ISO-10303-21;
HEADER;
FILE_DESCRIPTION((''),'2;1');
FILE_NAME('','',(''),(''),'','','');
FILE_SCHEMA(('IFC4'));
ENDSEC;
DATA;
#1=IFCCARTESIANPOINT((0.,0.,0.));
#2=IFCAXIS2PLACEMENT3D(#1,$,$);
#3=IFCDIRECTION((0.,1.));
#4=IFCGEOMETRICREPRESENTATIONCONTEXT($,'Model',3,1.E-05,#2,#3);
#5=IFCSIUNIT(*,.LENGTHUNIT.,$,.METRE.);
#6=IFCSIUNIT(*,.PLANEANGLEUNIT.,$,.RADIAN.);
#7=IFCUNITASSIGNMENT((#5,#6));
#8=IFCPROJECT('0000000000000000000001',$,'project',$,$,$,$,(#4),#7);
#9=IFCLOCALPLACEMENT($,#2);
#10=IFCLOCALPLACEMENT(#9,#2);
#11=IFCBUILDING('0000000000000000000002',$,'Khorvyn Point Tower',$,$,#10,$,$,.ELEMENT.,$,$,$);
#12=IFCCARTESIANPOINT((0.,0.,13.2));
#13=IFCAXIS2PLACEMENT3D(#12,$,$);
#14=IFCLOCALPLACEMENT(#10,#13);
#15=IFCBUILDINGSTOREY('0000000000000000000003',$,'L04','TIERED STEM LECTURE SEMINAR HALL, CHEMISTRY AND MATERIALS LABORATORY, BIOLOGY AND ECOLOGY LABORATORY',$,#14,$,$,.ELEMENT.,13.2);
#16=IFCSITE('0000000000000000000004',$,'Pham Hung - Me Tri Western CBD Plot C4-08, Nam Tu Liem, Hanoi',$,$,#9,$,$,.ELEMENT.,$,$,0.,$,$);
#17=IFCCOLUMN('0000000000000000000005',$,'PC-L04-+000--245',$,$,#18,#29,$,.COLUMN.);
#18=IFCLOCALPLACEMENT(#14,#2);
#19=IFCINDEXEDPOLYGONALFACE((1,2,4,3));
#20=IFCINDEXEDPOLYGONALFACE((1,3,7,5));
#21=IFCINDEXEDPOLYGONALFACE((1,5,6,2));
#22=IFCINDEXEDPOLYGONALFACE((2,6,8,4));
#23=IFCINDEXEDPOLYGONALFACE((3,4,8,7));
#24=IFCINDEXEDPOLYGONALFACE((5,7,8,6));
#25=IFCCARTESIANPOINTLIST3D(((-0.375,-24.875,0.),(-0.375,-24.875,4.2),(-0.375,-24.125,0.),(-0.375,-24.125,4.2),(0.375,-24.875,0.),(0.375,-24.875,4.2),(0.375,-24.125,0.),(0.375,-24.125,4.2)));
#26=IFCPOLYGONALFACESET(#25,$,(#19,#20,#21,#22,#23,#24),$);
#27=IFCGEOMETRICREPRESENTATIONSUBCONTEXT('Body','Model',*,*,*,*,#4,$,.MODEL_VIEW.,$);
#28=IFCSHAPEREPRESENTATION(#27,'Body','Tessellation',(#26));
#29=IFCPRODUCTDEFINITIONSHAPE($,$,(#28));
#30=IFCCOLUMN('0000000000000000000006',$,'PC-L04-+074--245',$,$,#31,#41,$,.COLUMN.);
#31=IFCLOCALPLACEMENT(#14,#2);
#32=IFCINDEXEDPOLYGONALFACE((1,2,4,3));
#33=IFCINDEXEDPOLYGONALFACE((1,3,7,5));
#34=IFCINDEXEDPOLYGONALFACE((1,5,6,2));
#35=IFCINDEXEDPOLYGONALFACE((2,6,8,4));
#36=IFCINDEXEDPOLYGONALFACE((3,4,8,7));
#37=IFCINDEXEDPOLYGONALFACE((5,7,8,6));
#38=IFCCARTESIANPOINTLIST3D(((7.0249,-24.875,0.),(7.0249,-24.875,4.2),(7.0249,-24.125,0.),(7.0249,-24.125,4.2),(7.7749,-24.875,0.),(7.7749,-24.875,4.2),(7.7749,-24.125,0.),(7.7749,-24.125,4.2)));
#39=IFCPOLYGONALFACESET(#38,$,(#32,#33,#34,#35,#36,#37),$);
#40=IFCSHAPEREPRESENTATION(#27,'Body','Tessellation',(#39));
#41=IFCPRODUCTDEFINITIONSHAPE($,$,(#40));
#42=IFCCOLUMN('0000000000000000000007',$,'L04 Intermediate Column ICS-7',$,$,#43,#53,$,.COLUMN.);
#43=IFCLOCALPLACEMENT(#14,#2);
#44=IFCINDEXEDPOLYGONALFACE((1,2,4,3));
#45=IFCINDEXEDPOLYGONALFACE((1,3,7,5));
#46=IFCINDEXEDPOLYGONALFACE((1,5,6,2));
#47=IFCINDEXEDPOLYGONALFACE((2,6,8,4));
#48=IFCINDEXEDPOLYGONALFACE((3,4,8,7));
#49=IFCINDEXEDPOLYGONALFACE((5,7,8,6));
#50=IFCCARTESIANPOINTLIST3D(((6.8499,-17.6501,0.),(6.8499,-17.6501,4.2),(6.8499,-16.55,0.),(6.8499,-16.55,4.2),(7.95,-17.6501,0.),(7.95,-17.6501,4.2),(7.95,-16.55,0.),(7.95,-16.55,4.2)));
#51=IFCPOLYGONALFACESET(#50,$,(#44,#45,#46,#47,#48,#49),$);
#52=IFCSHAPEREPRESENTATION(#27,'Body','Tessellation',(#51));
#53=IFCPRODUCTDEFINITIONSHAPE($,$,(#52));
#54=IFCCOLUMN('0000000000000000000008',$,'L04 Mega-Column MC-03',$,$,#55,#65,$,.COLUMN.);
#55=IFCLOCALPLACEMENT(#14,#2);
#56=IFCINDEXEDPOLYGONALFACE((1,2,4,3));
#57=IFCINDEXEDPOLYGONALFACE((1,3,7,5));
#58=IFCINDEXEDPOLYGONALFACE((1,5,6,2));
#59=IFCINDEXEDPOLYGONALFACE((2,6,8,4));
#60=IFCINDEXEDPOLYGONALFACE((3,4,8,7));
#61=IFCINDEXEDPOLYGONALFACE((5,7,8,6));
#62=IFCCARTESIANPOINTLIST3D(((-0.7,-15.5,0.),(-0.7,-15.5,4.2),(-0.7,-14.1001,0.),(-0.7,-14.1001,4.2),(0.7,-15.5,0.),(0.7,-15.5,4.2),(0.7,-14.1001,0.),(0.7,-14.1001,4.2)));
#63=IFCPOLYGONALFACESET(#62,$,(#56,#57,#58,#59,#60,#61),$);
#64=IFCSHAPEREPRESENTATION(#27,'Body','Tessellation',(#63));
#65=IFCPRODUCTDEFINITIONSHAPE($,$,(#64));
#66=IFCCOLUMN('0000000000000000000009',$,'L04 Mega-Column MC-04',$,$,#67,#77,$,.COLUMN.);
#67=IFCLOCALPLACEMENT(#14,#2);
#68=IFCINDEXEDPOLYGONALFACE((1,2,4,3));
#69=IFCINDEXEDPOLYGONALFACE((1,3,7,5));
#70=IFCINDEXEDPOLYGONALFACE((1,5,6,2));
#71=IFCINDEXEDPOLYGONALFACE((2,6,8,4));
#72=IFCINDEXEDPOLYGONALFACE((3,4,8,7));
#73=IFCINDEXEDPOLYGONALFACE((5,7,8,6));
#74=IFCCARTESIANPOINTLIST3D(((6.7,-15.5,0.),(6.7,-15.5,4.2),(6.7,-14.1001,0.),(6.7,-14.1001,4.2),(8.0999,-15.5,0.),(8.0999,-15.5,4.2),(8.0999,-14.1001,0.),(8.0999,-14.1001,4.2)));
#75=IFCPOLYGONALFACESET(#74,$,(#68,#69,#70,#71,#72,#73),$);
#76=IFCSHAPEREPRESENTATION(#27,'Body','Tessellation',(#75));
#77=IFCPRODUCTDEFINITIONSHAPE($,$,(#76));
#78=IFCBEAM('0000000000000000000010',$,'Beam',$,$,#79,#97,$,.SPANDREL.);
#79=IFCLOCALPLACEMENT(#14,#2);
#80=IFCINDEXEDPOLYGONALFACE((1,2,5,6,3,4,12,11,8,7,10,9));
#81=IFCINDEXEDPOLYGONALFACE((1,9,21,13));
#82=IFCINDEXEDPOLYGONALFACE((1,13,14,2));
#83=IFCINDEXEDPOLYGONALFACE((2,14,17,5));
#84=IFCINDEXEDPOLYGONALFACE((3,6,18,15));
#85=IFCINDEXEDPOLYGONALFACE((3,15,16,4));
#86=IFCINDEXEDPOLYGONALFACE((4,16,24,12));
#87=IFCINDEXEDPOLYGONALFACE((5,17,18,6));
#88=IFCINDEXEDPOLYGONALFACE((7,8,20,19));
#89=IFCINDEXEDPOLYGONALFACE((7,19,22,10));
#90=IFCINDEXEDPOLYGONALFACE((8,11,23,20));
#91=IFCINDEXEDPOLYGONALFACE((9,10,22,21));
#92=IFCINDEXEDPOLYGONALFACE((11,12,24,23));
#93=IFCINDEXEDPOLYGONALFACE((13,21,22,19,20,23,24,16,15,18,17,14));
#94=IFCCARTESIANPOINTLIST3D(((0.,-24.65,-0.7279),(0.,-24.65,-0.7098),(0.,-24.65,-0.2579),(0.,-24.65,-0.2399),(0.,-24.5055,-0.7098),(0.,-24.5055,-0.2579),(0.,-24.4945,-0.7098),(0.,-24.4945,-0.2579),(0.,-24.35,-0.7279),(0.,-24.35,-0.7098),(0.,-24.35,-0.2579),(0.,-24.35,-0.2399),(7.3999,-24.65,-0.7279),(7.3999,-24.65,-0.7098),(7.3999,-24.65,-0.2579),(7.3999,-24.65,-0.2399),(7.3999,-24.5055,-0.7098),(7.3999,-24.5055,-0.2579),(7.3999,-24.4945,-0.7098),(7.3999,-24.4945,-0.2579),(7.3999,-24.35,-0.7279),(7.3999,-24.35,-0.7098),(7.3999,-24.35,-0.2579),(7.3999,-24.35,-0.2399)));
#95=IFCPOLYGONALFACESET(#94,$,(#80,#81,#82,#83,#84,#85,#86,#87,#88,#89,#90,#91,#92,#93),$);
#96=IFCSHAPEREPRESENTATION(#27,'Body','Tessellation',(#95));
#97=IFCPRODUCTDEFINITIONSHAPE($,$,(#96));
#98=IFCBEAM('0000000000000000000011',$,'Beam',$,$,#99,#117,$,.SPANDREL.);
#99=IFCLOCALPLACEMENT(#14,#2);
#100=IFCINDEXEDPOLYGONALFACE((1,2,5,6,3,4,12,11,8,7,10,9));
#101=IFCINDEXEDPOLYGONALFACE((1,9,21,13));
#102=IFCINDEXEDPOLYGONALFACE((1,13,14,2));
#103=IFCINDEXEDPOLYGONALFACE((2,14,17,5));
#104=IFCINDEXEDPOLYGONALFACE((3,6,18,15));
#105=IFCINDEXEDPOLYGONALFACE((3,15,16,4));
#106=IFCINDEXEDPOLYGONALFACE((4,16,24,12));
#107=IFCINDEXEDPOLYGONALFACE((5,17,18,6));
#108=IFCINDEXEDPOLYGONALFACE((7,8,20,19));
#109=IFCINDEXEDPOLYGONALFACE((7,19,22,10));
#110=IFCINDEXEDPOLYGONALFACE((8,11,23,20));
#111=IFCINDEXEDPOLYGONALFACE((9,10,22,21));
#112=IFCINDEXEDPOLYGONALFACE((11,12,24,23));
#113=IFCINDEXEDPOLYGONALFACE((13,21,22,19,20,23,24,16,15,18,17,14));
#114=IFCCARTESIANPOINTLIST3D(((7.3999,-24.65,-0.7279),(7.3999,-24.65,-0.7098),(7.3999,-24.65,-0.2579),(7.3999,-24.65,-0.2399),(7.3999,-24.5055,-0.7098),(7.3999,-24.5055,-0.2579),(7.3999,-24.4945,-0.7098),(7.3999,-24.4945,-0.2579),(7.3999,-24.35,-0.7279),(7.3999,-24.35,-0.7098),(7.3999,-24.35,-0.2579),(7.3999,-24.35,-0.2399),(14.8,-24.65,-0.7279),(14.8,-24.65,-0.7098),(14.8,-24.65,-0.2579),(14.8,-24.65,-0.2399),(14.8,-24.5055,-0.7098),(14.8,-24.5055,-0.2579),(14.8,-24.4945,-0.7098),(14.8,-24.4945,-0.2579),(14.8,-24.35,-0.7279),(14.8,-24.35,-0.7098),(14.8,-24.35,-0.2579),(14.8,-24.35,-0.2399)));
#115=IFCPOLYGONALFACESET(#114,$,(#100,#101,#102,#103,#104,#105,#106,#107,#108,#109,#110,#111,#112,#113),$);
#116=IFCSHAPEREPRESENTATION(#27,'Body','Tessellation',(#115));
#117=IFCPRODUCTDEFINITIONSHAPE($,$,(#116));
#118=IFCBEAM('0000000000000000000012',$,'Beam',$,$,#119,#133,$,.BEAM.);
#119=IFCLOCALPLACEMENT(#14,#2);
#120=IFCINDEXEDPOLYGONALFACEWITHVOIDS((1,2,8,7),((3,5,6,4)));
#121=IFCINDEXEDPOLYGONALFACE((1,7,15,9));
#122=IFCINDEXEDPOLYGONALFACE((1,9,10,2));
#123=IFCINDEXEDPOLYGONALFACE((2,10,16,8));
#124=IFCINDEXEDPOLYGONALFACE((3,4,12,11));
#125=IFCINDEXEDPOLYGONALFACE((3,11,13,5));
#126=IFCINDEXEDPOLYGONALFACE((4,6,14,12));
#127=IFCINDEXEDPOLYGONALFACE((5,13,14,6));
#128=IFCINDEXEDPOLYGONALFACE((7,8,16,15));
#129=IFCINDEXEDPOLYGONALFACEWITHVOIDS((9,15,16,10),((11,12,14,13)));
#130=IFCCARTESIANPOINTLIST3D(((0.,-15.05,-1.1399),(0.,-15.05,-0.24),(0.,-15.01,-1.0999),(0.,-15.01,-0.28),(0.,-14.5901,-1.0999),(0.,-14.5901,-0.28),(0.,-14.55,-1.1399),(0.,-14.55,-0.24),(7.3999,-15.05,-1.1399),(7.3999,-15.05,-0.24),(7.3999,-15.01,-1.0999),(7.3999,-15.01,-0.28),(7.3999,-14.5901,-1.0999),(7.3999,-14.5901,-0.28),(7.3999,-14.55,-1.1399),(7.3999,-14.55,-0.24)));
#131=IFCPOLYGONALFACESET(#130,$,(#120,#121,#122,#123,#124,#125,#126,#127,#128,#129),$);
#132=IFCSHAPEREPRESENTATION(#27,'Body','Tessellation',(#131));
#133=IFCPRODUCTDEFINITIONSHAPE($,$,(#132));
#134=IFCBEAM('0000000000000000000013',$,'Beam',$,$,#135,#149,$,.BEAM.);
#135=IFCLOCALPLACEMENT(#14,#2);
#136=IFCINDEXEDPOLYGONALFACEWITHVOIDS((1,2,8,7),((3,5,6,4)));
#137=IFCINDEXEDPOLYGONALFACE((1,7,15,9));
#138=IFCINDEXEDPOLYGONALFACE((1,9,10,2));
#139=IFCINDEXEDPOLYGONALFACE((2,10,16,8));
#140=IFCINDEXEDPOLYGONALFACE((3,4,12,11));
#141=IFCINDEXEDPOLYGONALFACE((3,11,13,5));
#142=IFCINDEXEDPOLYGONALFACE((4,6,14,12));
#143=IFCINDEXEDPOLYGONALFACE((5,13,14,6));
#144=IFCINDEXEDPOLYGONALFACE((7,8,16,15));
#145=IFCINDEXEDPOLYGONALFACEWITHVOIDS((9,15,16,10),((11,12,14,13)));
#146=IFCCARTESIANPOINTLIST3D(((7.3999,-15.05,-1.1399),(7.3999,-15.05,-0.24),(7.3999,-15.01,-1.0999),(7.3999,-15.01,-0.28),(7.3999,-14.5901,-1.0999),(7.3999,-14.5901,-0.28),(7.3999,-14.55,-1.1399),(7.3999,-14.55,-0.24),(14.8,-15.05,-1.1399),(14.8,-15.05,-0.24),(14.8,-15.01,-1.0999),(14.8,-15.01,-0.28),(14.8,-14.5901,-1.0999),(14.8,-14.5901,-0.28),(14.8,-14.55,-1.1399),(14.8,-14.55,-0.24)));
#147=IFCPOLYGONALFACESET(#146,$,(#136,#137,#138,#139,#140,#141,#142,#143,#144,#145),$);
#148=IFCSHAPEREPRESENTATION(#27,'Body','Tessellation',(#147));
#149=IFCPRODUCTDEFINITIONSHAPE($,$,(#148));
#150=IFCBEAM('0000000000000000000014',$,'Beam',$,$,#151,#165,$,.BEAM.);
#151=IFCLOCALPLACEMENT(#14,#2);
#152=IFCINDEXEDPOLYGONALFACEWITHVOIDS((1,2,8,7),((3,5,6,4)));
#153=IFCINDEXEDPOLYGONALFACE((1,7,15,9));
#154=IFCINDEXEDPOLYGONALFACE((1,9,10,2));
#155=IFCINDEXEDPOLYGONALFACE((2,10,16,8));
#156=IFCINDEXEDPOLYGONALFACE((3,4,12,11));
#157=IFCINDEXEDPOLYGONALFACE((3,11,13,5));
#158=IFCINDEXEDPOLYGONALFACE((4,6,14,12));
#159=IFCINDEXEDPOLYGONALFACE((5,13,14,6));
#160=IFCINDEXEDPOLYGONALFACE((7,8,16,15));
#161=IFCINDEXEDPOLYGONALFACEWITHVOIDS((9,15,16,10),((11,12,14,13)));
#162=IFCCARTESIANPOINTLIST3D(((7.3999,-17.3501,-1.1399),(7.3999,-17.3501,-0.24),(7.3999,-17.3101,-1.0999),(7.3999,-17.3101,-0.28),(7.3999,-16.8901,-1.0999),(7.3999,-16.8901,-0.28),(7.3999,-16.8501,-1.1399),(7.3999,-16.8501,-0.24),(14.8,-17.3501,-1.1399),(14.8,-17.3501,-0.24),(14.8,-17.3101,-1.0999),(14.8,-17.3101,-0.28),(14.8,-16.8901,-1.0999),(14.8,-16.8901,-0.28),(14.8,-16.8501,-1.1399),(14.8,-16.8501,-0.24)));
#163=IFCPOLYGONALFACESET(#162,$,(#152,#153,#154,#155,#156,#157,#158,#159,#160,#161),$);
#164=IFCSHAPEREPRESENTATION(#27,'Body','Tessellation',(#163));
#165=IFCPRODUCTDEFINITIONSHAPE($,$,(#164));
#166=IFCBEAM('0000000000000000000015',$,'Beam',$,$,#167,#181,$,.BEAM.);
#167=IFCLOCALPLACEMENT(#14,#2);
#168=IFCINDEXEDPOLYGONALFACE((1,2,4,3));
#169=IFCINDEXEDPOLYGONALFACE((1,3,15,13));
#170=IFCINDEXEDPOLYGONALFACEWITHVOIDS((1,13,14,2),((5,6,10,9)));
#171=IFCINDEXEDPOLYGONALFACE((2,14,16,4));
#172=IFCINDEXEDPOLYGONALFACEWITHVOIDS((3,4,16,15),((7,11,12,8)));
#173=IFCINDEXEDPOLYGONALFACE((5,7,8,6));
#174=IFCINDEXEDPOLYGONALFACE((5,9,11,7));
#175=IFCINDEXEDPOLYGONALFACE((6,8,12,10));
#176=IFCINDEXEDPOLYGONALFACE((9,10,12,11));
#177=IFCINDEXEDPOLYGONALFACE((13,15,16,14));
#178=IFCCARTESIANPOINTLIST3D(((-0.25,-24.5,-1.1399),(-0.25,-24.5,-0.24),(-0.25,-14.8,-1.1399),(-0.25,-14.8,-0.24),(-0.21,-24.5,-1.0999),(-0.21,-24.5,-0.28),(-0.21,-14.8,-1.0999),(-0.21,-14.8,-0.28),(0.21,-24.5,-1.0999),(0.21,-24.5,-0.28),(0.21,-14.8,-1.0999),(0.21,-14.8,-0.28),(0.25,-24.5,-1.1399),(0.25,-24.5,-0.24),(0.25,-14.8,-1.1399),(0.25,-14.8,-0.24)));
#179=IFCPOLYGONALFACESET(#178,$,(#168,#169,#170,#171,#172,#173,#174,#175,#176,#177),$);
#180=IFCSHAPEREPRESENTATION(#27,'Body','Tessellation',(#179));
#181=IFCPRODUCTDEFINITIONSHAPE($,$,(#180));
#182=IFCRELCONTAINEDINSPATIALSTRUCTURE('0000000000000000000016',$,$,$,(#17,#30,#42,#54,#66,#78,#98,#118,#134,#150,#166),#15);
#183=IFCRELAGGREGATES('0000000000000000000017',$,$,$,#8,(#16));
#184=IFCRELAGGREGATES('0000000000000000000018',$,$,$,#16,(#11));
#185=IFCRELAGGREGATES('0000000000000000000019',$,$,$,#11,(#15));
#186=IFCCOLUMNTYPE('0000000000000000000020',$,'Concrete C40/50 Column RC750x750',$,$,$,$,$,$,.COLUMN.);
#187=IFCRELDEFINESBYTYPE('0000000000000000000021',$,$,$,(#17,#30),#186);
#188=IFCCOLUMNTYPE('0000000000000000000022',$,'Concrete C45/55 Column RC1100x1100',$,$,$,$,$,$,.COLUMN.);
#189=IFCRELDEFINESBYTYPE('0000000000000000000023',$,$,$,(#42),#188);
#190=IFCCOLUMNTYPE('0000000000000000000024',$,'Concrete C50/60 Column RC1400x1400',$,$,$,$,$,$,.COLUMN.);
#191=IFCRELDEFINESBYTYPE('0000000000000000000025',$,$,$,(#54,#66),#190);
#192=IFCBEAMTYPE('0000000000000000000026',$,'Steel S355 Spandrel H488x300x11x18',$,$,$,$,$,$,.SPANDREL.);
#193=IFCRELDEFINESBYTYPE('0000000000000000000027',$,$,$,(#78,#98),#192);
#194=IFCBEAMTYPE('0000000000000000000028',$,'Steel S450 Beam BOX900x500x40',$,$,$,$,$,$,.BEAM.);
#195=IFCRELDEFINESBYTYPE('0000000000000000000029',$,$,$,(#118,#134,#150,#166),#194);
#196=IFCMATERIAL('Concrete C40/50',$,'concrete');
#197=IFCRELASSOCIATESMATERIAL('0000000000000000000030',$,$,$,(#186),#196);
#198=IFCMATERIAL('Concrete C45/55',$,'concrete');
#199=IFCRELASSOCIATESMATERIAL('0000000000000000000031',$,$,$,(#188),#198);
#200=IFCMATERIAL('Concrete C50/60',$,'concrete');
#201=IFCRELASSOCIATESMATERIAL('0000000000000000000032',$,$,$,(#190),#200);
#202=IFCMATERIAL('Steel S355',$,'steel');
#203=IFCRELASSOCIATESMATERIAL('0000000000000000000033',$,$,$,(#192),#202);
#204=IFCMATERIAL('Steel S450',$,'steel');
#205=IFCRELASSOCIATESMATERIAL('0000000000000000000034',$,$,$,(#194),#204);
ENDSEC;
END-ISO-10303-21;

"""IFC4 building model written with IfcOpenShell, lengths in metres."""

from ifc_helpers import new_model, si_unit, direction, frame, origin, origin_2d, place, context, subcontext, project, spatial, rectangle, hollow_rectangle, i_section, extrude, material, material_profile, profile_set, type_object, element, save


model = new_model("IFC4")

# Units and contexts
model_context = context("Model", 3, precision=1e-05, world=origin(), true_north=direction((0.0, 1.0)))
body_context = subcontext(model_context, "Body", "Model", "MODEL_VIEW")
ifc_project = project(units=[si_unit("LENGTHUNIT", "METRE"), si_unit("PLANEANGLEUNIT", "RADIAN")], contexts=[model_context])

# Site, building, storey
site_placement = place(None, origin())
site = spatial("IfcSite", under=ifc_project, at=site_placement, Name="Pham Hung - Me Tri Western CBD Plot C4-08, Nam Tu Liem, Hanoi", CompositionType="ELEMENT", RefElevation=0.0)
building_placement = place(site_placement, origin())
building = spatial("IfcBuilding", under=site, at=building_placement, Name="Khorvyn Point Tower", CompositionType="ELEMENT")
storey_placement = place(building_placement, frame((0.0, 0.0, 13.2)))
storey = spatial("IfcBuildingStorey", under=building, at=storey_placement, Name="L04", Description="TIERED STEM LECTURE SEMINAR HALL, CHEMISTRY AND MATERIALS LABORATORY, BIOLOGY AND ECOLOGY LABORATORY", CompositionType="ELEMENT", Elevation=13.2)

# Columns
ifc_material_1 = material(Name="Concrete C40/50", Category="concrete")
ifc_material_profile_1 = material_profile(ifc_material_1, rectangle(XDim=0.75, YDim=0.75, at=origin_2d()))
ifc_profile_set_1 = profile_set([ifc_material_profile_1], Name="Concrete C40/50 RC750x750")
column_type_1 = type_object("IfcColumnType", Name="Concrete C40/50 Column RC750x750", PredefinedType="COLUMN", material=ifc_profile_set_1)
for number, where, z_axis, x_axis, name in (
    (1, (0.0, -24.5, 0.0), (0.0, 0.0, 1.0), (1.0, 0.0, 0.0), "PC-L04-+000--245"),
    (2, (7.3999, -24.5, 0.0), (0.0, 0.0, 1.0), (1.0, 0.0, 0.0), "PC-L04-+074--245"),
):
    element("IfcColumn", number, at=place(storey_placement, frame(where, z_axis=z_axis, x_axis=x_axis)), inside=storey, type_object=column_type_1, Name=name, PredefinedType="COLUMN", context=body_context, shape_type="SweptSolid", body=[
        extrude(rectangle(XDim=0.75, YDim=0.75, at=origin_2d()), origin(), (0.0, 0.0, 1.0), 4.2),
    ])
ifc_material_2 = material(Name="Concrete C45/55", Category="concrete")
ifc_material_profile_2 = material_profile(ifc_material_2, rectangle(XDim=1.1001, YDim=1.1001, at=origin_2d()))
ifc_profile_set_2 = profile_set([ifc_material_profile_2], Name="Concrete C45/55 RC1100x1100")
column_type_2 = type_object("IfcColumnType", Name="Concrete C45/55 Column RC1100x1100", PredefinedType="COLUMN", material=ifc_profile_set_2)
column_placement = place(storey_placement, frame((7.3999, -17.1001, 0.0), z_axis=(0.0, 0.0, 1.0), x_axis=(1.0, 0.0, 0.0)))
element("IfcColumn", 3, at=column_placement, inside=storey, type_object=column_type_2, Name="L04 Intermediate Column ICS-7", PredefinedType="COLUMN", context=body_context, shape_type="SweptSolid", body=[
    extrude(rectangle(XDim=1.1001, YDim=1.1001, at=origin_2d()), origin(), (0.0, 0.0, 1.0), 4.2),
])
ifc_material_3 = material(Name="Concrete C50/60", Category="concrete")
ifc_material_profile_3 = material_profile(ifc_material_3, rectangle(XDim=1.3999, YDim=1.3999, at=origin_2d()))
ifc_profile_set_3 = profile_set([ifc_material_profile_3], Name="Concrete C50/60 RC1400x1400")
column_type_3 = type_object("IfcColumnType", Name="Concrete C50/60 Column RC1400x1400", PredefinedType="COLUMN", material=ifc_profile_set_3)
for number, where, z_axis, x_axis, name in (
    (4, (0.0, -14.8, 0.0), (0.0, 0.0, 1.0), (1.0, 0.0, 0.0), "L04 Mega-Column MC-03"),
    (5, (7.3999, -14.8, 0.0), (0.0, 0.0, 1.0), (1.0, 0.0, 0.0), "L04 Mega-Column MC-04"),
):
    element("IfcColumn", number, at=place(storey_placement, frame(where, z_axis=z_axis, x_axis=x_axis)), inside=storey, type_object=column_type_3, Name=name, PredefinedType="COLUMN", context=body_context, shape_type="SweptSolid", body=[
        extrude(rectangle(XDim=1.3999, YDim=1.3999, at=origin_2d()), origin(), (0.0, 0.0, 1.0), 4.2),
    ])

# Beams
ifc_material_4 = material(Name="Steel S355", Category="steel")
ifc_material_profile_4 = material_profile(ifc_material_4, i_section(OverallWidth=0.3, OverallDepth=0.488, WebThickness=0.011, FlangeThickness=0.0181, at=origin_2d()))
ifc_profile_set_4 = profile_set([ifc_material_profile_4], Name="Steel S355 H488x300x11x18")
beam_type_1 = type_object("IfcBeamType", Name="Steel S355 Spandrel H488x300x11x18", PredefinedType="SPANDREL", material=ifc_profile_set_4)
beam_1_placement = place(storey_placement, frame((0.0, -24.5, -0.4839), z_axis=(1.0, 0.0, 0.0), x_axis=(0.0, 1.0, 0.0)))
element("IfcBeam", 6, at=beam_1_placement, inside=storey, type_object=beam_type_1, Name="Beam", PredefinedType="SPANDREL", context=body_context, shape_type="SweptSolid", body=[
    extrude(i_section(OverallWidth=0.3, OverallDepth=0.488, WebThickness=0.011, FlangeThickness=0.0181, at=origin_2d()), origin(), (0.0, 0.0, 1.0), 7.3999),
])
beam_2_placement = place(storey_placement, frame((7.3999, -24.5, -0.4839), z_axis=(1.0, 0.0, 0.0), x_axis=(0.0, 1.0, 0.0)))
element("IfcBeam", 7, at=beam_2_placement, inside=storey, type_object=beam_type_1, Name="Beam", PredefinedType="SPANDREL", context=body_context, shape_type="SweptSolid", body=[
    extrude(i_section(OverallWidth=0.3, OverallDepth=0.488, WebThickness=0.011, FlangeThickness=0.0181, at=origin_2d()), origin(), (0.0, 0.0, 1.0), 7.4001),
])
ifc_material_5 = material(Name="Steel S450", Category="steel")
ifc_material_profile_5 = material_profile(ifc_material_5, hollow_rectangle(XDim=0.5, YDim=0.8999, WallThickness=0.04, at=origin_2d()))
ifc_profile_set_5 = profile_set([ifc_material_profile_5], Name="Steel S450 BOX900x500x40")
beam_type_2 = type_object("IfcBeamType", Name="Steel S450 Beam BOX900x500x40", PredefinedType="BEAM", material=ifc_profile_set_5)
beam_3_placement = place(storey_placement, frame((0.0, -14.8, -0.6899), z_axis=(1.0, 0.0, 0.0), x_axis=(0.0, 1.0, 0.0)))
element("IfcBeam", 8, at=beam_3_placement, inside=storey, type_object=beam_type_2, Name="Beam", PredefinedType="BEAM", context=body_context, shape_type="SweptSolid", body=[
    extrude(hollow_rectangle(XDim=0.5, YDim=0.8999, WallThickness=0.04, at=origin_2d()), origin(), (0.0, 0.0, 1.0), 7.3999),
])
for number, where, z_axis, x_axis, name in (
    (9, (7.3999, -14.8, -0.6899), (1.0, 0.0, 0.0), (0.0, 1.0, 0.0), "Beam"),
    (10, (7.3999, -17.1001, -0.6899), (1.0, 0.0, 0.0), (0.0, 1.0, 0.0), "Beam"),
):
    element("IfcBeam", number, at=place(storey_placement, frame(where, z_axis=z_axis, x_axis=x_axis)), inside=storey, type_object=beam_type_2, Name=name, PredefinedType="BEAM", context=body_context, shape_type="SweptSolid", body=[
        extrude(hollow_rectangle(XDim=0.5, YDim=0.8999, WallThickness=0.04, at=origin_2d()), origin(), (0.0, 0.0, 1.0), 7.4001),
    ])
beam_4_placement = place(storey_placement, frame((0.0, -24.5, -0.6899), z_axis=(0.0, 1.0, 0.0), x_axis=(-1.0, 0.0, 0.0)))
element("IfcBeam", 11, at=beam_4_placement, inside=storey, type_object=beam_type_2, Name="Beam", PredefinedType="BEAM", context=body_context, shape_type="SweptSolid", body=[
    extrude(hollow_rectangle(XDim=0.5, YDim=0.8999, WallThickness=0.04, at=origin_2d()), origin(), (0.0, 0.0, 1.0), 9.7),
])

save(model, "model.ifc")
